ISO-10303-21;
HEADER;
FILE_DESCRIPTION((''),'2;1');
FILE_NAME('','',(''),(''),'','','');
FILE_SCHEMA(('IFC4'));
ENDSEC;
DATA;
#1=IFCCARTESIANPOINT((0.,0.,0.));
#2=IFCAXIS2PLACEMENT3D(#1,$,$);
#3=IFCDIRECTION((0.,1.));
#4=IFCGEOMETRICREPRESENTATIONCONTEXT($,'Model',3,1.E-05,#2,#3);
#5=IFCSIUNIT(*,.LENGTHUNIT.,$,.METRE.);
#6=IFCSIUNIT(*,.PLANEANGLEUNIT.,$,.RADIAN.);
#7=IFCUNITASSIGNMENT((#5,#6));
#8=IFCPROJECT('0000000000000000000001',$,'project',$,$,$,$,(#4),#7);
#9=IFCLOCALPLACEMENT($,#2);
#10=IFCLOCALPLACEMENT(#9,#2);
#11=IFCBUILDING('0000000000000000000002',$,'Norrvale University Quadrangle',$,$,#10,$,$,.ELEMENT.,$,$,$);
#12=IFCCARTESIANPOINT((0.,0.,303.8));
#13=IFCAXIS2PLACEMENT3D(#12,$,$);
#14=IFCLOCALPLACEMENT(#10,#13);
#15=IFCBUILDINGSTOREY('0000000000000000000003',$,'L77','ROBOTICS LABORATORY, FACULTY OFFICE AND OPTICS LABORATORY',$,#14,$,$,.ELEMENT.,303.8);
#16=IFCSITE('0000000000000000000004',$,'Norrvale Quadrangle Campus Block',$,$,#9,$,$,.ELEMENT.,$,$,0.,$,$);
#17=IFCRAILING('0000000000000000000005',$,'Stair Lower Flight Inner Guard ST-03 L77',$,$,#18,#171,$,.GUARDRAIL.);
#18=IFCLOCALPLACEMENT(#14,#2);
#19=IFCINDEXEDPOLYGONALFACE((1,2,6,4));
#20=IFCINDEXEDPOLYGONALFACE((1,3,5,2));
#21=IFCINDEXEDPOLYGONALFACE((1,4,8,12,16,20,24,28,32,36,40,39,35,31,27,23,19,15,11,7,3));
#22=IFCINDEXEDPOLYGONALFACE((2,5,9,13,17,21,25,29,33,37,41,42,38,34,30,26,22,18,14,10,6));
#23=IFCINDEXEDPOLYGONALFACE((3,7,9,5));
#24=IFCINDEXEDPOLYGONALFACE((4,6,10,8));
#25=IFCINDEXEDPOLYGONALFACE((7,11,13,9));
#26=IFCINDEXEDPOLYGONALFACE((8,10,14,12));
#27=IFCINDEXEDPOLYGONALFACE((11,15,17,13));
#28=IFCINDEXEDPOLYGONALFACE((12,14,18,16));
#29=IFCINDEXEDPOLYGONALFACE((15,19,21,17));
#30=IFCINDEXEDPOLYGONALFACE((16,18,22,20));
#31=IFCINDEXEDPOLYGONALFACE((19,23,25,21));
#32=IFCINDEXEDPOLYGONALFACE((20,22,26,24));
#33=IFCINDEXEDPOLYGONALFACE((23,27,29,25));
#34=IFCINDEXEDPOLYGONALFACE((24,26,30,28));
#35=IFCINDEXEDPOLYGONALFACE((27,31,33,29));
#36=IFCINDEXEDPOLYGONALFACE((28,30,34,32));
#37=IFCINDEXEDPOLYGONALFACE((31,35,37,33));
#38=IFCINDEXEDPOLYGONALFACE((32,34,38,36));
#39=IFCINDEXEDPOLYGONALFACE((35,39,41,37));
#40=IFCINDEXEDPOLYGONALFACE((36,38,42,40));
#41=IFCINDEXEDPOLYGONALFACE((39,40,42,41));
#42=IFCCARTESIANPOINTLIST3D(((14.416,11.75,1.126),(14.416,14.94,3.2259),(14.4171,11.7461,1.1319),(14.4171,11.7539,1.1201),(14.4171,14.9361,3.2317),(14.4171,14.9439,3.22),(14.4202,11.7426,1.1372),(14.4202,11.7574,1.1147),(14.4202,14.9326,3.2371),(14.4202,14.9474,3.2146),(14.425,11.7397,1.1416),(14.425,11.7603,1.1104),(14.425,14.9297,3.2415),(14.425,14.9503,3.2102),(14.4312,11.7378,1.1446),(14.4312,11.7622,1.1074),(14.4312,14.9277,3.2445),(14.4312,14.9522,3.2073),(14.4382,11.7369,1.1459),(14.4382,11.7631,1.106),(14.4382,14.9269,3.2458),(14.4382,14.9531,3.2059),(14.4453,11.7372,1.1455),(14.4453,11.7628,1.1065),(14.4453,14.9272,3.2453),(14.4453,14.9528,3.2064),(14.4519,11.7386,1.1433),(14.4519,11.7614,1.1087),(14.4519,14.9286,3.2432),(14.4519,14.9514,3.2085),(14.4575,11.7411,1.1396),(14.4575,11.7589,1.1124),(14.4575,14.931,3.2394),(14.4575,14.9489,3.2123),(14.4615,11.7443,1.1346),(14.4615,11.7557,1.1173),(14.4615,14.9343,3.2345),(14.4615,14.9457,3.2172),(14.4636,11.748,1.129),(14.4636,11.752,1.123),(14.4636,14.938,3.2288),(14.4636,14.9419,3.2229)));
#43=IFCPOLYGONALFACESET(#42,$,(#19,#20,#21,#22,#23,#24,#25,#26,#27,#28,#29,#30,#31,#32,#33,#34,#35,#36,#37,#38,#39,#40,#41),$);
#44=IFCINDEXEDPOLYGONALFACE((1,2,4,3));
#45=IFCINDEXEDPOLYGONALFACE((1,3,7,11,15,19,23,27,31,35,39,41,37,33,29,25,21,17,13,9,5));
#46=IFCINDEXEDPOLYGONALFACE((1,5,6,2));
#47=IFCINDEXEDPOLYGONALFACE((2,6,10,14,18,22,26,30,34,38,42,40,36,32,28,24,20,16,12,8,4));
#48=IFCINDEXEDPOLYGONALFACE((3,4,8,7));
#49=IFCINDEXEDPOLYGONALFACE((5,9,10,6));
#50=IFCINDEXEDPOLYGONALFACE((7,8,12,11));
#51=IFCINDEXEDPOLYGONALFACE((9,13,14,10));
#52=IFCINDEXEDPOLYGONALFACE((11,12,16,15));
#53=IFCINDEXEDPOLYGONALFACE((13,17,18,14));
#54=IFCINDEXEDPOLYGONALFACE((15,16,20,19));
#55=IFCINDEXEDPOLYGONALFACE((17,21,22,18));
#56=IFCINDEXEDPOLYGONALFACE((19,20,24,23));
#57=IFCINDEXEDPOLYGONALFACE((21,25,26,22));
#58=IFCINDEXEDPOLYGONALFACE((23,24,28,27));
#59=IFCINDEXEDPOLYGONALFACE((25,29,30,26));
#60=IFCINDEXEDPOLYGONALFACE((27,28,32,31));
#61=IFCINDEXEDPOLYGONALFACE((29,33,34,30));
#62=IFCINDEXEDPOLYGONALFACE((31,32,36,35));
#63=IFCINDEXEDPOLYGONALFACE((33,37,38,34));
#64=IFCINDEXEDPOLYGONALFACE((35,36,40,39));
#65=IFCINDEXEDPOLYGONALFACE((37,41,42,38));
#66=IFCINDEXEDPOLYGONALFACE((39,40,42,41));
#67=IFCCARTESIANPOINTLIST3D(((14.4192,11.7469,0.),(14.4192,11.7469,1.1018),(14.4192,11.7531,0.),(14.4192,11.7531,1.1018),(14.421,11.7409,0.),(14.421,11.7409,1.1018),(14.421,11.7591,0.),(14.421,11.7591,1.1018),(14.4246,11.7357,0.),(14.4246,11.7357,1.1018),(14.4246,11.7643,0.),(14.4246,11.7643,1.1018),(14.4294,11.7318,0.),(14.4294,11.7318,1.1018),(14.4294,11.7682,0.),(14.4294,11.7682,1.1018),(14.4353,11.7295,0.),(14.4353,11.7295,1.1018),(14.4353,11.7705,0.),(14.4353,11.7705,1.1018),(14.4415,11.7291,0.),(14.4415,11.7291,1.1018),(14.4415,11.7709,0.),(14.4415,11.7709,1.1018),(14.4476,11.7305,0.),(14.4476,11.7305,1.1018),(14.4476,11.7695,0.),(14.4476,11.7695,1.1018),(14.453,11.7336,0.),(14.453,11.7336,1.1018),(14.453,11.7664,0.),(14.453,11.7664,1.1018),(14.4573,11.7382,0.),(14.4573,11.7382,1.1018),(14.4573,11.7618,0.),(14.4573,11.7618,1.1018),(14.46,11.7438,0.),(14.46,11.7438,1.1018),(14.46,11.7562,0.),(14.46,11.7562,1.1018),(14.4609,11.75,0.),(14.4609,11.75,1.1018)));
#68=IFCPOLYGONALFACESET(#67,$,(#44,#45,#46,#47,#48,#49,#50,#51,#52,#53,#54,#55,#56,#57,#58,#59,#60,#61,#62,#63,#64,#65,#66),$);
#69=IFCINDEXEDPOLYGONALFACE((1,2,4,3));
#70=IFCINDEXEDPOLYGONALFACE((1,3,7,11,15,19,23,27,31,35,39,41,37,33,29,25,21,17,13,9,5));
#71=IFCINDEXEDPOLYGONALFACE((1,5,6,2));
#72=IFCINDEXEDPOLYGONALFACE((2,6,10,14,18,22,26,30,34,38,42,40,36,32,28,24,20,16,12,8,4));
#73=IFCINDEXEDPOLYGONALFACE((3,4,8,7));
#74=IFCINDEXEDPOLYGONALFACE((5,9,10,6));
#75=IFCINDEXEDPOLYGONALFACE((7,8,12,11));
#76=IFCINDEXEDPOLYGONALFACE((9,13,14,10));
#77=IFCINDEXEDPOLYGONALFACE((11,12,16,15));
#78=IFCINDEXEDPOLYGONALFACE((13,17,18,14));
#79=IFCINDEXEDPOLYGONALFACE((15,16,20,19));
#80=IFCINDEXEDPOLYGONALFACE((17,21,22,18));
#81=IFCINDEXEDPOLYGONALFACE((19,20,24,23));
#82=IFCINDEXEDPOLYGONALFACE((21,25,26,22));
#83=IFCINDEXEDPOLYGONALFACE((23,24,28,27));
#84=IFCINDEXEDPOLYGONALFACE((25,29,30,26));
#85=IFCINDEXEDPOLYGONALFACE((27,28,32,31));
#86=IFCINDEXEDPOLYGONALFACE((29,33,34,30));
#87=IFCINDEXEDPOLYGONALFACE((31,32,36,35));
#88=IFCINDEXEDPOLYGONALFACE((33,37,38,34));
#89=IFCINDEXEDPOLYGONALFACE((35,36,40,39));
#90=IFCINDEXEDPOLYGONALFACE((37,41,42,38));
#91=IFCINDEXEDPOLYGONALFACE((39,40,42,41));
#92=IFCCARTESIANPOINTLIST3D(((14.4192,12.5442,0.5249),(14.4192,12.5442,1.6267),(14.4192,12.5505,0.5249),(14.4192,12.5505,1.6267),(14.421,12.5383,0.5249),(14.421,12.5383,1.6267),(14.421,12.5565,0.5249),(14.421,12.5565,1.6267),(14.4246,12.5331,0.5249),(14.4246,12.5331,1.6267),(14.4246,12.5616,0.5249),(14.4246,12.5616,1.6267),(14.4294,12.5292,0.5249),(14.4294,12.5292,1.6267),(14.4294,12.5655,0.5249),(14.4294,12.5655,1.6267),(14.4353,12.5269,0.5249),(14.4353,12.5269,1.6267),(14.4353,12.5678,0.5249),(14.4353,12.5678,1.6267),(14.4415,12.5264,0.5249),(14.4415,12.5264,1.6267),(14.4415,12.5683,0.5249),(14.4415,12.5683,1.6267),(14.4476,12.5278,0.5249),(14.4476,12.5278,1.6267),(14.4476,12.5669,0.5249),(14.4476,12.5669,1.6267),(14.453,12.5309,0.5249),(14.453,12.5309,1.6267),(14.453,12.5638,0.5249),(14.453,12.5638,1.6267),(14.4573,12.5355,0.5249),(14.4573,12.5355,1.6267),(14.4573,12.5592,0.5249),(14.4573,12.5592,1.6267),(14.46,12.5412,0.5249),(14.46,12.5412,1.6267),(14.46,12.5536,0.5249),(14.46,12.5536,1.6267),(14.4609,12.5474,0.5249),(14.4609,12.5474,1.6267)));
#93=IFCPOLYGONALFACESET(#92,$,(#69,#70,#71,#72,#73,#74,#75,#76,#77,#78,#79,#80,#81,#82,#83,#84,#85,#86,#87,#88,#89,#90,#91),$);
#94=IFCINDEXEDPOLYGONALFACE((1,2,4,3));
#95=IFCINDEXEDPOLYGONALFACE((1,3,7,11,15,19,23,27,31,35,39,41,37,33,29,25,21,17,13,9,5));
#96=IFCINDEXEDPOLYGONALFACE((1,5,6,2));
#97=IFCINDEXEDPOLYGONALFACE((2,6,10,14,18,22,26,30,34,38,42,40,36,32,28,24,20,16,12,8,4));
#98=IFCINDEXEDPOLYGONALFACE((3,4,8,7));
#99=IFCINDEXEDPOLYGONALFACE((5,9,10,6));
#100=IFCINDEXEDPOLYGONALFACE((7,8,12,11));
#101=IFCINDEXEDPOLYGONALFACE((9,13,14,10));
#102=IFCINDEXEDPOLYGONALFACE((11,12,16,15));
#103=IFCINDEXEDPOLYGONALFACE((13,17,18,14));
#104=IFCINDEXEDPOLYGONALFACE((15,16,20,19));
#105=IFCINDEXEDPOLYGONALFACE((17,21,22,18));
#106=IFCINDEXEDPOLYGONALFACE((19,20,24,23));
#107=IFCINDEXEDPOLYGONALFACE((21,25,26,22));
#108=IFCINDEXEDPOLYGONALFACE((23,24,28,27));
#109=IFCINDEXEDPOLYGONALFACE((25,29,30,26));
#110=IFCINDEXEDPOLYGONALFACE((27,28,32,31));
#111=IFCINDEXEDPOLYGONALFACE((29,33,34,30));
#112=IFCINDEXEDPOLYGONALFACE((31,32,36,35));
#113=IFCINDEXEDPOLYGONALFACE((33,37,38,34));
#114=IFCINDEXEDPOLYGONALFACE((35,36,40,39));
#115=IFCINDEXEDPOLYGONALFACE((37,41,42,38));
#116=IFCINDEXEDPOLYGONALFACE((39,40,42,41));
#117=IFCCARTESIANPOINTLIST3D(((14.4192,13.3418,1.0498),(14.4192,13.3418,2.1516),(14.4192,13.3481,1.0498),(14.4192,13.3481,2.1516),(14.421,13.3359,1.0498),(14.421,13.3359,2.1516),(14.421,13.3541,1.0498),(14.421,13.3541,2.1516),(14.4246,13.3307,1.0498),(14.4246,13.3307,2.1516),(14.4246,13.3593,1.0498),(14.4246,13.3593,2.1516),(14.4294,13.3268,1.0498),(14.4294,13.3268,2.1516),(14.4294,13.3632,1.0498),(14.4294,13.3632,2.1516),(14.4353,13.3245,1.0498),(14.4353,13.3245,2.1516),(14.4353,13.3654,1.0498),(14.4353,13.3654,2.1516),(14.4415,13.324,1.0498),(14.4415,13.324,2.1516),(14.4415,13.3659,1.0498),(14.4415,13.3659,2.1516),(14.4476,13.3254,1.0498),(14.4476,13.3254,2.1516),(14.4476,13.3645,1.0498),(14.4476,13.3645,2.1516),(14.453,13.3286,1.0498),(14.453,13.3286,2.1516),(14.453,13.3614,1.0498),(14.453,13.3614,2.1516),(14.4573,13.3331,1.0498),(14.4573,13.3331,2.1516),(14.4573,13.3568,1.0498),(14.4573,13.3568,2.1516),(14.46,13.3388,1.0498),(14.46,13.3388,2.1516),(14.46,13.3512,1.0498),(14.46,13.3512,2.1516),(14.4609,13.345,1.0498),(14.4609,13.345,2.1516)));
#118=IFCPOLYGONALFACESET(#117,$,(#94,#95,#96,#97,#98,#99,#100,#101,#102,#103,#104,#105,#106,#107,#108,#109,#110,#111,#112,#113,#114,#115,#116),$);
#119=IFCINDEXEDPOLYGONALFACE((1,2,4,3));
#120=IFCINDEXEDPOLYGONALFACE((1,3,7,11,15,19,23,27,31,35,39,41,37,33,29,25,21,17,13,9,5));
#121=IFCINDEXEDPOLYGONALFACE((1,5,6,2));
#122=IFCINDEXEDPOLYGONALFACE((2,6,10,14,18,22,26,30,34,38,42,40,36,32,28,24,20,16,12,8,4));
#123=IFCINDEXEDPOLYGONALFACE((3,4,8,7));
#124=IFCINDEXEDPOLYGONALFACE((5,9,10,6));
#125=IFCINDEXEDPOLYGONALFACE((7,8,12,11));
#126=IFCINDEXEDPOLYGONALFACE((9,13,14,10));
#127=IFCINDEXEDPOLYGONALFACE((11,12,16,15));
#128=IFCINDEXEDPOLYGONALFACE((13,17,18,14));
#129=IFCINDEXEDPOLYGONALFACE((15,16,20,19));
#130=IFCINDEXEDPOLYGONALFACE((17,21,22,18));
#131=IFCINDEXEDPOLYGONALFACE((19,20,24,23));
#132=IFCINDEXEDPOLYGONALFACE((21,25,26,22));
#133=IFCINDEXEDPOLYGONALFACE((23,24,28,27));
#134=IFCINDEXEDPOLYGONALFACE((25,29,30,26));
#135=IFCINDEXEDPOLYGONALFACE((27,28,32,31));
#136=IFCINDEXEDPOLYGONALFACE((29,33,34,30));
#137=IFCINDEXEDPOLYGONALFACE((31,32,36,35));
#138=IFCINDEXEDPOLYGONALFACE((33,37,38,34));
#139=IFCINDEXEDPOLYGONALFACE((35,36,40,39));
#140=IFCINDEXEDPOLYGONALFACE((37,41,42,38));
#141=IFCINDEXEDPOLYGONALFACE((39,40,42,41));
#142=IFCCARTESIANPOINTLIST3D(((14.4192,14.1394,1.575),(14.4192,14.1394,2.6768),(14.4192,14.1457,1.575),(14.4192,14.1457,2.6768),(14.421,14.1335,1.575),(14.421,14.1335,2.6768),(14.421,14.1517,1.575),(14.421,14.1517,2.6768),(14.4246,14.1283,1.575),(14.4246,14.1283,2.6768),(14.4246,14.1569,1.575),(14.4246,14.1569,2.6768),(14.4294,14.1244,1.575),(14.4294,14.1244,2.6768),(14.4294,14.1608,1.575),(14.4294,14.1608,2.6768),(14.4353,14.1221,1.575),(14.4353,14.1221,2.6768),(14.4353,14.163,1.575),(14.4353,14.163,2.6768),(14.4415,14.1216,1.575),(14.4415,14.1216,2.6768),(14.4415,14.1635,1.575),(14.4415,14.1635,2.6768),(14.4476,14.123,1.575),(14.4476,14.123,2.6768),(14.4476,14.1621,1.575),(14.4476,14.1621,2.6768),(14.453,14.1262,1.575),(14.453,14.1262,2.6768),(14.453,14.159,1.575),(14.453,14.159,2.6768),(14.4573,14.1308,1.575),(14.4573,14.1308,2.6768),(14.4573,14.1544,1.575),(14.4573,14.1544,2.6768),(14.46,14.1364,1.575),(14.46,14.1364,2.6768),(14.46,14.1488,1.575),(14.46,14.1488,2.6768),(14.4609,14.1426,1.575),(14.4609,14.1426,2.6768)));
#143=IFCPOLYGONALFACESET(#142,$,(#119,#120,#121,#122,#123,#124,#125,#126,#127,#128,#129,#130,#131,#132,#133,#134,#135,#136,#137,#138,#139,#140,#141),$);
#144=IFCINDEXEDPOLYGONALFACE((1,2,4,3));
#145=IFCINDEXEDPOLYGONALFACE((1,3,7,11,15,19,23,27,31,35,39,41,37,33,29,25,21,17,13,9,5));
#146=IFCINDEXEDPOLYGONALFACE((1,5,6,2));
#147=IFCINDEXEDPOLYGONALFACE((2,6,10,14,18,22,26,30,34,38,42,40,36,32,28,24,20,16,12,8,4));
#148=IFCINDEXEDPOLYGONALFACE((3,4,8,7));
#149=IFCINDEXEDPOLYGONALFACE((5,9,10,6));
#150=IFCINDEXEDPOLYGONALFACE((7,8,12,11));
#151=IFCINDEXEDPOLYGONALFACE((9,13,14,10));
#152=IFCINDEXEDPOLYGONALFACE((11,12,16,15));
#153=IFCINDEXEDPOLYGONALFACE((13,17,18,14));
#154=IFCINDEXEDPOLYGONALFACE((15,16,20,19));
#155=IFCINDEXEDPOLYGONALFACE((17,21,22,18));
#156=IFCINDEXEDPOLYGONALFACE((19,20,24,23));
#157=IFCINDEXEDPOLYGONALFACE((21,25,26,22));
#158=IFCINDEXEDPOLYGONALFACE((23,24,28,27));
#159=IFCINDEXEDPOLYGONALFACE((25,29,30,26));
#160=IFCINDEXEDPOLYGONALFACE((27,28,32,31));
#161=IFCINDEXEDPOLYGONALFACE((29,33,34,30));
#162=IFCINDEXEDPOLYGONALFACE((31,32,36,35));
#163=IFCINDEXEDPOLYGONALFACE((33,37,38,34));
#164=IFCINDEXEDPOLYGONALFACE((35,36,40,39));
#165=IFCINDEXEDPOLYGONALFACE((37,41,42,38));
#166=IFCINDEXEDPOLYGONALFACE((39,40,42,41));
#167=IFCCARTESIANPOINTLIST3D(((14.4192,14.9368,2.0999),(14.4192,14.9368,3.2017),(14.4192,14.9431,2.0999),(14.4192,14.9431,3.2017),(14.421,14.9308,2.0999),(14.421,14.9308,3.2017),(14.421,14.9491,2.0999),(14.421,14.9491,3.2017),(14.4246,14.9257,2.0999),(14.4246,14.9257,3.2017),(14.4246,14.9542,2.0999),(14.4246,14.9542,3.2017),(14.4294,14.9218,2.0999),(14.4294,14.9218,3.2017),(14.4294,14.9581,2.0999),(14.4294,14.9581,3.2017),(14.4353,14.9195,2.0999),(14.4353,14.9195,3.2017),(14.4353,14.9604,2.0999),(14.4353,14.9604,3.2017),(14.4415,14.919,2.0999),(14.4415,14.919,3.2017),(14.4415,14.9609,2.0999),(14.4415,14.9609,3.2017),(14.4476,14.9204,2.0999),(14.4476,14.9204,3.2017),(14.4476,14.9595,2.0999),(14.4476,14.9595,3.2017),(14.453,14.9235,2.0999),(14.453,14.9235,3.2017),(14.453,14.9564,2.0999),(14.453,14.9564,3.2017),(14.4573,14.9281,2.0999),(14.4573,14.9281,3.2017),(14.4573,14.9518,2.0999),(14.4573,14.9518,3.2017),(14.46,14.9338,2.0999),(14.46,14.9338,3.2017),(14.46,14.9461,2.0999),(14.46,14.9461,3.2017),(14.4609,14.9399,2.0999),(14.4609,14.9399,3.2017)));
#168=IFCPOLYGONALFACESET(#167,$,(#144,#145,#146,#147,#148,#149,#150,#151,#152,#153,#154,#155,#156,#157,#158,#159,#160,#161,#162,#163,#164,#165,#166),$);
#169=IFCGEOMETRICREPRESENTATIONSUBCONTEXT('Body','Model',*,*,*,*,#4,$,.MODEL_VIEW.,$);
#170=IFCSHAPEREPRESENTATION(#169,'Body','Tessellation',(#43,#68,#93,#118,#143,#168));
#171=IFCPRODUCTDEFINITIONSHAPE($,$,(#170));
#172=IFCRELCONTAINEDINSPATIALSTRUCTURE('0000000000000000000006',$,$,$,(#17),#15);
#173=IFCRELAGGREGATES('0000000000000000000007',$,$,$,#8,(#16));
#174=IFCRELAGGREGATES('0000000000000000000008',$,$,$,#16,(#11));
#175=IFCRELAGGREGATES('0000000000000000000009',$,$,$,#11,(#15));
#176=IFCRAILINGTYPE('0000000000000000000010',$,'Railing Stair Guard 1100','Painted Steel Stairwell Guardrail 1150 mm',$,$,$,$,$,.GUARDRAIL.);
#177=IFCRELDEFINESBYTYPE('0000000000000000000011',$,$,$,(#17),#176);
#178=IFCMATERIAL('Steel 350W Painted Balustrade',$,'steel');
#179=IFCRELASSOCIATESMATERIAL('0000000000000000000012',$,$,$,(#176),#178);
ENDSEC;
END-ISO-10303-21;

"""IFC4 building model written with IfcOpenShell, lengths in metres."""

from ifc_helpers import new_model, si_unit, direction, frame, origin, origin_2d, place, context, subcontext, project, spatial, circle, extrude, material, type_object, element, save


model = new_model("IFC4")

# Units and contexts
model_context = context("Model", 3, precision=1e-05, world=origin(), true_north=direction((0.0, 1.0)))
body_context = subcontext(model_context, "Body", "Model", "MODEL_VIEW")
ifc_project = project(units=[si_unit("LENGTHUNIT", "METRE"), si_unit("PLANEANGLEUNIT", "RADIAN")], contexts=[model_context])

# Site, building, storey
site_placement = place(None, origin())
site = spatial("IfcSite", under=ifc_project, at=site_placement, Name="Norrvale Quadrangle Campus Block", CompositionType="ELEMENT", RefElevation=0.0)
building_placement = place(site_placement, origin())
building = spatial("IfcBuilding", under=site, at=building_placement, Name="Norrvale University Quadrangle", CompositionType="ELEMENT")
storey_placement = place(building_placement, frame((0.0, 0.0, 303.8)))
storey = spatial("IfcBuildingStorey", under=building, at=storey_placement, Name="L77", Description="ROBOTICS LABORATORY, FACULTY OFFICE AND OPTICS LABORATORY", CompositionType="ELEMENT", Elevation=303.8)

# Railing
ifc_material_1 = material(Name="Steel 350W Painted Balustrade", Category="steel")
railing_type_1 = type_object("IfcRailingType", Name="Railing Stair Guard 1100", Description="Painted Steel Stairwell Guardrail 1150 mm", PredefinedType="GUARDRAIL", material=ifc_material_1)
railing_1_placement = place(storey_placement, frame((14.4399, 11.75, 0.0)))
element("IfcRailing", 1, at=railing_1_placement, inside=storey, type_object=railing_type_1, Name="Stair Lower Flight Inner Guard ST-03 L77", PredefinedType="GUARDRAIL", context=body_context, shape_type="SweptSolid", body=[
    extrude(circle(Radius=0.0239, at=origin_2d()), frame((0.0, 0.0, 1.126), z_axis=(0.0, 0.835272, 0.549837), x_axis=(-1.0, 0.0, 0.0)), (0.0, 0.0, 1.0), 3.8191),
    extrude(circle(Radius=0.021, at=origin_2d()), origin(), (0.0, 0.0, 1.0), 1.1018),
    extrude(circle(Radius=0.021, at=origin_2d()), frame((0.0, 0.7974, 0.5249)), (0.0, 0.0, 1.0), 1.1018),
    extrude(circle(Radius=0.021, at=origin_2d()), frame((0.0, 1.595, 1.0498)), (0.0, 0.0, 1.0), 1.1018),
    extrude(circle(Radius=0.021, at=origin_2d()), frame((0.0, 2.3926, 1.575)), (0.0, 0.0, 1.0), 1.1018),
    extrude(circle(Radius=0.021, at=origin_2d()), frame((0.0, 3.1899, 2.0999)), (0.0, 0.0, 1.0), 1.1018),
])

save(model, "model.ifc")
